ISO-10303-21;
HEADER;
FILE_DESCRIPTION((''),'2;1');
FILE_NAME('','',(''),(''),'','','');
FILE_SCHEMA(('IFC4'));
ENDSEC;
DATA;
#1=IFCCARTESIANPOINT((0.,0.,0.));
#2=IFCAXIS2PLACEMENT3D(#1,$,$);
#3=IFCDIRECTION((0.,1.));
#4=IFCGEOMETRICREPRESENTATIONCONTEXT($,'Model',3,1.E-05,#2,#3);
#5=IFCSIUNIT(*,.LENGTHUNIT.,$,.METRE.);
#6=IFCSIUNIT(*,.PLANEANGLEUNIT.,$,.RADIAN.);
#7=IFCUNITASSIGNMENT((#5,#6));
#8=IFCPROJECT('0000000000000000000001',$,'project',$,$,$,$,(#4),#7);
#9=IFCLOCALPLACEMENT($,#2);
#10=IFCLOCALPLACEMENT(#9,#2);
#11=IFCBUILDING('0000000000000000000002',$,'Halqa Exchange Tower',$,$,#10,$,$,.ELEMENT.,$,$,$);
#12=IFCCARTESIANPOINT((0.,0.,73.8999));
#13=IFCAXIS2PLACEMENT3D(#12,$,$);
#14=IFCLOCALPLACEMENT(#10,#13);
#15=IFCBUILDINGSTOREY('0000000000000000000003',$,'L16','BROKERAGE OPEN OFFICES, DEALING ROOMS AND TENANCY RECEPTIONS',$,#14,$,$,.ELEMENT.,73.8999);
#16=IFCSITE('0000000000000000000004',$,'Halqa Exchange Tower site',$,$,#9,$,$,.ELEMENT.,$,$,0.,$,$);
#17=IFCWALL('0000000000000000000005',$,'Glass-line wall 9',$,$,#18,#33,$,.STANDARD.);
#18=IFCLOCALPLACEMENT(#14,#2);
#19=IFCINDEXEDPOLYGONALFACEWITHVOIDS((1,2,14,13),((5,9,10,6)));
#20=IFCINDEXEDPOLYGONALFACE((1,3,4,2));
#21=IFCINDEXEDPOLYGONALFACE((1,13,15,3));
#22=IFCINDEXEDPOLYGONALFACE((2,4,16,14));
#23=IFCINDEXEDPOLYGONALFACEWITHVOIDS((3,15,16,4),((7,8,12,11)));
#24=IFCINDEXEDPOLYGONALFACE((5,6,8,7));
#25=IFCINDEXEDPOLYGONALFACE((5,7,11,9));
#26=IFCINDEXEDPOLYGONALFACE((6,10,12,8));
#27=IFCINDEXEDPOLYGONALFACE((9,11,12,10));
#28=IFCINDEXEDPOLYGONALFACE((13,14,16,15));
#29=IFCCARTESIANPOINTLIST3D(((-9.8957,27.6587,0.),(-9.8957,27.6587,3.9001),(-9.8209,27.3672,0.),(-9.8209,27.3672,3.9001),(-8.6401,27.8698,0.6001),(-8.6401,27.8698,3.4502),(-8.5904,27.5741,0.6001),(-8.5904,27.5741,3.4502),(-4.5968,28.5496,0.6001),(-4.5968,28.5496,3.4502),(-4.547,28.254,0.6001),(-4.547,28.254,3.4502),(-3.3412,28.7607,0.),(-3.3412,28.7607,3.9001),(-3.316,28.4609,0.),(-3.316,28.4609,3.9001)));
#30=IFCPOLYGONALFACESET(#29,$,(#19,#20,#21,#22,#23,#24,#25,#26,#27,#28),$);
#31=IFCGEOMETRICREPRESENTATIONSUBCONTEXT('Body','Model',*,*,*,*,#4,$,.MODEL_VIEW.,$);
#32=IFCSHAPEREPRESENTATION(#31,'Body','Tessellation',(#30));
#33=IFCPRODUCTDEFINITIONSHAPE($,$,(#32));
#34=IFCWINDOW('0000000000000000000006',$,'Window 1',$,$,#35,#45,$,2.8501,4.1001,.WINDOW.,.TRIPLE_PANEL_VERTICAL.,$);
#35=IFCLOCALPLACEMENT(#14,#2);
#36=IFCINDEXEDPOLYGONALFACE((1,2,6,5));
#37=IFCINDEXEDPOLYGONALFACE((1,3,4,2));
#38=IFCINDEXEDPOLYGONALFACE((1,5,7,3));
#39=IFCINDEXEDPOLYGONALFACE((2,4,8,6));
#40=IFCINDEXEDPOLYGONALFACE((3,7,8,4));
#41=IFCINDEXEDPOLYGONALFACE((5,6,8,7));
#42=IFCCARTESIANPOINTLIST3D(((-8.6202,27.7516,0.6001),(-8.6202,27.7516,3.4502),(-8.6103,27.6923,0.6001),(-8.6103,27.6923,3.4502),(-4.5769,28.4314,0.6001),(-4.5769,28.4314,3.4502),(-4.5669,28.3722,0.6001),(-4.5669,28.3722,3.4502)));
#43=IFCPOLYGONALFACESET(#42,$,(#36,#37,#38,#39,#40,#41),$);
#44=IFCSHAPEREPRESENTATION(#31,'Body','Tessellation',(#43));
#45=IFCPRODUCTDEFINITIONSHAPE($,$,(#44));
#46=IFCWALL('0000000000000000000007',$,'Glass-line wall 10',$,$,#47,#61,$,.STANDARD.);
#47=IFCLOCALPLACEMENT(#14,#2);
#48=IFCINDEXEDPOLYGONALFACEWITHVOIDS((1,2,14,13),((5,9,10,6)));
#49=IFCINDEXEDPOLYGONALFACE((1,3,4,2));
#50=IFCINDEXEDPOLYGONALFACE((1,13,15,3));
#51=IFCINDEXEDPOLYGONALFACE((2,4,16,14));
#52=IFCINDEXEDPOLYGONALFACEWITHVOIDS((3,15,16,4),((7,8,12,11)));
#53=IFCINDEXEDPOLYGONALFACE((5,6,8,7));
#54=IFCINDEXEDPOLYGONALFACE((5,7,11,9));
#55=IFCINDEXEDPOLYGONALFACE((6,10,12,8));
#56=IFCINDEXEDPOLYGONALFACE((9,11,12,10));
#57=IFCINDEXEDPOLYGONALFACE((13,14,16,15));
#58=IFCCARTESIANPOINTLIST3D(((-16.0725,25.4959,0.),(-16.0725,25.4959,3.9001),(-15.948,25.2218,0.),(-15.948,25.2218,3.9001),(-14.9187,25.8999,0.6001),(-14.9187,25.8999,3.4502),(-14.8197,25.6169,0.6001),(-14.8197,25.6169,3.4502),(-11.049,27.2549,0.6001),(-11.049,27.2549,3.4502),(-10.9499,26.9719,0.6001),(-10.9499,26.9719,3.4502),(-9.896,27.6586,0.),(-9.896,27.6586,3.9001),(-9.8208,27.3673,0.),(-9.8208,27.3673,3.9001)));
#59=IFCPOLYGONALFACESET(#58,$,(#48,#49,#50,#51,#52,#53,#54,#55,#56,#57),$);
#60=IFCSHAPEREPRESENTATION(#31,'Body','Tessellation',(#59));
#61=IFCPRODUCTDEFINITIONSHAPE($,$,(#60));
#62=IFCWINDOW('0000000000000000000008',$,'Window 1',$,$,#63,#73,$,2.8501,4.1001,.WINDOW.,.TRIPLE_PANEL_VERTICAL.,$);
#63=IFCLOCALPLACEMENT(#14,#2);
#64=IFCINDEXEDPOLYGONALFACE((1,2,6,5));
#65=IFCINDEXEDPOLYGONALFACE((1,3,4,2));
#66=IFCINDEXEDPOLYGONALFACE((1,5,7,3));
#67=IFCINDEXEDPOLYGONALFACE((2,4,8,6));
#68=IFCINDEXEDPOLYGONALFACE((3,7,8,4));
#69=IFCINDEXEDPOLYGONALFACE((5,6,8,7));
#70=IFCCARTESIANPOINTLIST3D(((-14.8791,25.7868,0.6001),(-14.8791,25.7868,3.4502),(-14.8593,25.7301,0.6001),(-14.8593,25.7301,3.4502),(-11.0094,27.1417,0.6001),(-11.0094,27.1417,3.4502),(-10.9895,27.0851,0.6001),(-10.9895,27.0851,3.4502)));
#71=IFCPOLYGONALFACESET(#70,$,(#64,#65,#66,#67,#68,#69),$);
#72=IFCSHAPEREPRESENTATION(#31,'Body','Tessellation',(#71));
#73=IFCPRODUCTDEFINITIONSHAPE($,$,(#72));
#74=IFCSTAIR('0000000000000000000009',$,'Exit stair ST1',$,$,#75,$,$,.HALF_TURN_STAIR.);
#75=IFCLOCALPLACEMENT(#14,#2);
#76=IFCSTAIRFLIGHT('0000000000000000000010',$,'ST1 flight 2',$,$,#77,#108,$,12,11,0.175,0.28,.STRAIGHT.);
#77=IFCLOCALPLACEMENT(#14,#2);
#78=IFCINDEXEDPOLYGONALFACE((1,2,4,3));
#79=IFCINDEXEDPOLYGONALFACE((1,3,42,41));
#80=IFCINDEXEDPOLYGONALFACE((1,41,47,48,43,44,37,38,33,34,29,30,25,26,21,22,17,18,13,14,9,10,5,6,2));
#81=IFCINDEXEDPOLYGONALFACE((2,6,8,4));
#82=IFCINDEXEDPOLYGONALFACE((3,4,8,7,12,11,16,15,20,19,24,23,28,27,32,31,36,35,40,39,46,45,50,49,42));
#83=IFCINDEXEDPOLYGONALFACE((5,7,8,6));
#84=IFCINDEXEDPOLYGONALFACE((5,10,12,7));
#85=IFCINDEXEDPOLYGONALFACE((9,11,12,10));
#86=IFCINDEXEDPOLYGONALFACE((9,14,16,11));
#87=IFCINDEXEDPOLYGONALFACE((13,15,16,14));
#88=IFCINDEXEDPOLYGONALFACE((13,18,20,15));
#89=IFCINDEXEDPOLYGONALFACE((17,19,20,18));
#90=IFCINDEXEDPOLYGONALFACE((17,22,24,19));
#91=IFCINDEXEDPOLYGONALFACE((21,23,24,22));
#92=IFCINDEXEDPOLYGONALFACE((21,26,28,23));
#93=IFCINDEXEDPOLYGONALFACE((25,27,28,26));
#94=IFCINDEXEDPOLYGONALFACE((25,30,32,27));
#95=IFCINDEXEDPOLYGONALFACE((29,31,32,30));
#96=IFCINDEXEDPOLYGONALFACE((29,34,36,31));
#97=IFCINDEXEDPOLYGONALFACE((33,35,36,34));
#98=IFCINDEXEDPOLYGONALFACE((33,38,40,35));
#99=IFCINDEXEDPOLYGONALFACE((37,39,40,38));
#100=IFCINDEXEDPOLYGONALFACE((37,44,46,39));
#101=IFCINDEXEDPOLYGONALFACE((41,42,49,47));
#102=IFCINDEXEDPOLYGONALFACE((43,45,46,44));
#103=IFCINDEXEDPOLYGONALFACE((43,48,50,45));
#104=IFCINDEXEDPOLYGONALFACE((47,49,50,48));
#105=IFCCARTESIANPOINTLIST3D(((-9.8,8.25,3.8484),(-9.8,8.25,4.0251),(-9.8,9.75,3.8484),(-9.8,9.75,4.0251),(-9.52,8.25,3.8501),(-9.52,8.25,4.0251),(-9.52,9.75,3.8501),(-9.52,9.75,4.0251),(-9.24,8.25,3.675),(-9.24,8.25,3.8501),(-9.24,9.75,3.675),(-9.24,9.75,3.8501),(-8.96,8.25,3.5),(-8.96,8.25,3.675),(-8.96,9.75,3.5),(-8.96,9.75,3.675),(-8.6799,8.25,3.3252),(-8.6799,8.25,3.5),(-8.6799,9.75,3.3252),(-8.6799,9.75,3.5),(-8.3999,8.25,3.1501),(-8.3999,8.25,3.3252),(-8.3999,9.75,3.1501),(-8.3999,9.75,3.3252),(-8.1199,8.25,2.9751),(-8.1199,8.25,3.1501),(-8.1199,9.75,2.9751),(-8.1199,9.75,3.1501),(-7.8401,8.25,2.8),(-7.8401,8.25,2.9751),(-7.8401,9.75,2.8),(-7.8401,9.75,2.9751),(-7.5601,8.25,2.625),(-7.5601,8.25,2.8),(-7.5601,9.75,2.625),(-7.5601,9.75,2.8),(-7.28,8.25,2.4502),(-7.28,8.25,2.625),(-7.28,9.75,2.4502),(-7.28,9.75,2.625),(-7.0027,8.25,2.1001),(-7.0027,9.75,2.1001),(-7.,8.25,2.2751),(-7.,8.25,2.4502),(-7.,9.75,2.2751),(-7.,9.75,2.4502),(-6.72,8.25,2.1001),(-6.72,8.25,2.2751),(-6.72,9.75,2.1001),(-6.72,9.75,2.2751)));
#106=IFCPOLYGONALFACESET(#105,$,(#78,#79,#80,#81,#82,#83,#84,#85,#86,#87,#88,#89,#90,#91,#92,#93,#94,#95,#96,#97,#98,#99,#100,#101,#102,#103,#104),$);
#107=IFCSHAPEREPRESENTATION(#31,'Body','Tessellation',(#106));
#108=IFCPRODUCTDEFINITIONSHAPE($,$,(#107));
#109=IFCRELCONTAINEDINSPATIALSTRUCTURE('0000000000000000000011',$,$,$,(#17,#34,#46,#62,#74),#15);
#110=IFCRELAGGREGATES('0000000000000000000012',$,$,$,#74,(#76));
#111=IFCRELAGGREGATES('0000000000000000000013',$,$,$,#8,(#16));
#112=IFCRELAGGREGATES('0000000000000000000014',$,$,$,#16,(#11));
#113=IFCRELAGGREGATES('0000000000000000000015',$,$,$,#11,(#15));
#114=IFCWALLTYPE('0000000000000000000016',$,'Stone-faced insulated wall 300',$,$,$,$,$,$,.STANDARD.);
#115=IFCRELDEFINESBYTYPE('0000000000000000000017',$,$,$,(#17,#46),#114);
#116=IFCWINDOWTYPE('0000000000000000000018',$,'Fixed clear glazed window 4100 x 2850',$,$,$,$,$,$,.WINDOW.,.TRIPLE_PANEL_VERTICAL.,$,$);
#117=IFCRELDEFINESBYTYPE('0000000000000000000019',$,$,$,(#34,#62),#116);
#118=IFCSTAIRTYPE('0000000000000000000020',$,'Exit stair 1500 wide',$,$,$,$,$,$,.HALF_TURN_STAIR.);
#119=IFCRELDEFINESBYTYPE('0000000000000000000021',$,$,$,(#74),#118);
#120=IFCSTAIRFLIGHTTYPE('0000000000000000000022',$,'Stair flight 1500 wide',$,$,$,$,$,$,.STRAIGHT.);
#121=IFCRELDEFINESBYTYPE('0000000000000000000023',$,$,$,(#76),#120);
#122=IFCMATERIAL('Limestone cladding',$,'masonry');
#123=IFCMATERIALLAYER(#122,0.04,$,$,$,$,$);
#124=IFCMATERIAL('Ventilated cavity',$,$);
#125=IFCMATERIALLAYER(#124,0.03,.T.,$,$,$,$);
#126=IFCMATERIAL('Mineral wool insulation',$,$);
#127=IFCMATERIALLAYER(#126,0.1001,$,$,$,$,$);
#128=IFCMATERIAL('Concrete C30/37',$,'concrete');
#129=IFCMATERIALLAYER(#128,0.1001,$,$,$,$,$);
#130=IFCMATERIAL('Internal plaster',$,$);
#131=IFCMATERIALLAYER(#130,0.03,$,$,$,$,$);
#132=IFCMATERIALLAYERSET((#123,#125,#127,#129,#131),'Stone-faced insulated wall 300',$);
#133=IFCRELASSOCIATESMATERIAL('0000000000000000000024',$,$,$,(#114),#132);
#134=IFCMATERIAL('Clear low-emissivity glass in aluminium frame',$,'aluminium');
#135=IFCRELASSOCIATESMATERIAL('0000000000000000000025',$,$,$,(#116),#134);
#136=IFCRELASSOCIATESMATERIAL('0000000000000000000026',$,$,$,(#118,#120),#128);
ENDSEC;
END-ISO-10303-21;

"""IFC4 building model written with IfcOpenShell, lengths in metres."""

from ifc_helpers import new_model, si_unit, direction, frame, frame_2d, origin, place, context, subcontext, project, spatial, polyline, rectangle, outline, extrude, material, layer, layer_set, type_object, element, fill, aggregate, save


model = new_model("IFC4")

# Units and contexts
model_context = context("Model", 3, precision=1e-05, world=origin(), true_north=direction((0.0, 1.0)))
body_context = subcontext(model_context, "Body", "Model", "MODEL_VIEW")
ifc_project = project(units=[si_unit("LENGTHUNIT", "METRE"), si_unit("PLANEANGLEUNIT", "RADIAN")], contexts=[model_context])

# Site, building, storey
site_placement = place(None, origin())
site = spatial("IfcSite", under=ifc_project, at=site_placement, Name="Halqa Exchange Tower site", CompositionType="ELEMENT", RefElevation=0.0)
building_placement = place(site_placement, origin())
building = spatial("IfcBuilding", under=site, at=building_placement, Name="Halqa Exchange Tower", CompositionType="ELEMENT")
storey_placement = place(building_placement, frame((0.0, 0.0, 73.8999)))
storey = spatial("IfcBuildingStorey", under=building, at=storey_placement, Name="L16", Description="BROKERAGE OPEN OFFICES, DEALING ROOMS AND TENANCY RECEPTIONS", CompositionType="ELEMENT", Elevation=73.8999)

# Shared definitions
ifc_material_1 = material(Name="Concrete C30/37", Category="concrete")

# Walls, openings, windows
ifc_material_2 = material(Name="Limestone cladding", Category="masonry")
ifc_layer_1 = layer(ifc_material_2, 0.04)
ifc_material_3 = material(Name="Ventilated cavity")
ifc_layer_2 = layer(ifc_material_3, 0.03, ventilated=True)
ifc_material_4 = material(Name="Mineral wool insulation")
ifc_layer_3 = layer(ifc_material_4, 0.1001)
ifc_layer_4 = layer(ifc_material_1, 0.1001)
ifc_material_5 = material(Name="Internal plaster")
ifc_layer_5 = layer(ifc_material_5, 0.03)
ifc_layer_set_1 = layer_set([ifc_layer_1, ifc_layer_2, ifc_layer_3, ifc_layer_4, ifc_layer_5], Name="Stone-faced insulated wall 300")
wall_type_1 = type_object("IfcWallType", Name="Stone-faced insulated wall 300", PredefinedType="STANDARD", material=ifc_layer_set_1)
wall_1_placement = place(storey_placement, frame((-3.3286, 28.6108, 0.0), z_axis=(0.0, 0.0, 1.0), x_axis=(-0.986158, -0.16581, 0.0)))
wall_1 = element("IfcWall", 1, at=wall_1_placement, inside=storey, type_object=wall_type_1, Name="Glass-line wall 9", PredefinedType="STANDARD", context=body_context, shape_type="SweptSolid", body=[
    extrude(outline(polyline([(-0.0125, -0.1499), (6.634, -0.1499), (6.6086, 0.1499), (0.0125, 0.1499), (-0.0125, -0.1499)])), origin(), (0.0, 0.0, 1.0), 3.9001),
])
opening_1_placement = place(wall_1_placement, frame((1.2607, 0.0, 0.6001)))
opening_1 = element("IfcOpeningElement", 2, at=opening_1_placement, cuts=wall_1, PredefinedType="OPENING", context=body_context, shape_type="SweptSolid", body=[
    extrude(rectangle(XDim=4.1001, YDim=2.8501, at=frame_2d((2.05, 1.425))), frame((0.0, 0.1621, 0.0), z_axis=(0.0, -1.0, 0.0), x_axis=(1.0, 0.0, 0.0)), (0.0, 0.0, 1.0), 0.324),
])
ifc_material_6 = material(Name="Clear low-emissivity glass in aluminium frame", Category="aluminium")
window_type = type_object("IfcWindowType", Name="Fixed clear glazed window 4100 x 2850", PartitioningType="TRIPLE_PANEL_VERTICAL", PredefinedType="WINDOW", material=ifc_material_6)
window_1_placement = place(opening_1_placement, origin())
window_1 = element("IfcWindow", 3, at=window_1_placement, inside=storey, type_object=window_type, Name="Window 1", OverallHeight=2.8501, OverallWidth=4.1001, PartitioningType="TRIPLE_PANEL_VERTICAL", PredefinedType="WINDOW", context=body_context, shape_type="SweptSolid", body=[
    extrude(rectangle(XDim=4.1001, YDim=2.8501, at=frame_2d((2.05, 1.425))), frame((0.0, 0.03, 0.0), z_axis=(0.0, -1.0, 0.0), x_axis=(1.0, 0.0, 0.0)), (0.0, 0.0, 1.0), 0.0601),
])
fill(opening_1, window_1)
wall_2_placement = place(storey_placement, frame((-9.8584, 27.5129, 0.0), z_axis=(0.0, 0.0, 1.0), x_axis=(-0.943815, -0.330474, 0.0)))
wall_2 = element("IfcWall", 4, at=wall_2_placement, inside=storey, type_object=wall_type_1, Name="Glass-line wall 10", PredefinedType="STANDARD", context=body_context, shape_type="SweptSolid", body=[
    extrude(outline(polyline([(-0.0127, -0.1499), (6.5315, -0.1499), (6.5046, 0.1499), (0.0127, 0.1499), (-0.0127, -0.1499)])), origin(), (0.0, 0.0, 1.0), 3.9001),
])
opening_2_placement = place(wall_2_placement, frame((1.209, 0.0, 0.6001)))
opening_2 = element("IfcOpeningElement", 5, at=opening_2_placement, cuts=wall_2, PredefinedType="OPENING", context=body_context, shape_type="SweptSolid", body=[
    extrude(rectangle(XDim=4.1001, YDim=2.8501, at=frame_2d((2.05, 1.425))), frame((0.0, 0.1621, 0.0), z_axis=(0.0, -1.0, 0.0), x_axis=(1.0, 0.0, 0.0)), (0.0, 0.0, 1.0), 0.324),
])
window_2_placement = place(opening_2_placement, origin())
window_2 = element("IfcWindow", 6, at=window_2_placement, inside=storey, type_object=window_type, Name="Window 1", OverallHeight=2.8501, OverallWidth=4.1001, PartitioningType="TRIPLE_PANEL_VERTICAL", PredefinedType="WINDOW", context=body_context, shape_type="SweptSolid", body=[
    extrude(rectangle(XDim=4.1001, YDim=2.8501, at=frame_2d((2.05, 1.425))), frame((0.0, 0.03, 0.0), z_axis=(0.0, -1.0, 0.0), x_axis=(1.0, 0.0, 0.0)), (0.0, 0.0, 1.0), 0.0601),
])
fill(opening_2, window_2)

# Stair, stair flight
stair_type = type_object("IfcStairType", Name="Exit stair 1500 wide", PredefinedType="HALF_TURN_STAIR", material=ifc_material_1)
stair_placement = place(storey_placement, origin())
stair = element("IfcStair", 7, at=stair_placement, inside=storey, type_object=stair_type, Name="Exit stair ST1", PredefinedType="HALF_TURN_STAIR")
stair_flight_type = type_object("IfcStairFlightType", Name="Stair flight 1500 wide", PredefinedType="STRAIGHT", material=ifc_material_1)
stair_flight_placement = place(storey_placement, frame((-6.72, 9.0, 2.1001), z_axis=(0.0, 0.0, 1.0), x_axis=(-1.0, 0.0, 0.0)))
stair_flight = element("IfcStairFlight", 8, at=stair_flight_placement, type_object=stair_flight_type, Name="ST1 flight 2", NumberOfRisers=12, NumberOfTreads=11, PredefinedType="STRAIGHT", RiserHeight=0.175, TreadLength=0.28, context=body_context, shape_type="SweptSolid", body=[
    extrude(outline(polyline([(0.0, 0.0), (0.0, 0.175), (0.28, 0.175), (0.28, 0.3501), (0.5601, 0.3501), (0.5601, 0.5249), (0.8401, 0.5249), (0.8401, 0.7), (1.1201, 0.7), (1.1201, 0.875), (1.3999, 0.875), (1.3999, 1.05), (1.6799, 1.05), (1.6799, 1.2251), (1.96, 1.2251), (1.96, 1.3999), (2.24, 1.3999), (2.24, 1.575), (2.52, 1.575), (2.52, 1.75), (2.8, 1.75), (2.8, 1.925), (3.0801, 1.925), (3.0801, 2.1001), (3.0801, 1.7483), (0.2827, 0.0), (0.0, 0.0)])), frame((0.0, 0.75, 0.0), z_axis=(0.0, -1.0, 0.0), x_axis=(1.0, 0.0, 0.0)), (0.0, 0.0, 1.0), 1.5),
])
aggregate(stair, [stair_flight])

save(model, "model.ifc")
